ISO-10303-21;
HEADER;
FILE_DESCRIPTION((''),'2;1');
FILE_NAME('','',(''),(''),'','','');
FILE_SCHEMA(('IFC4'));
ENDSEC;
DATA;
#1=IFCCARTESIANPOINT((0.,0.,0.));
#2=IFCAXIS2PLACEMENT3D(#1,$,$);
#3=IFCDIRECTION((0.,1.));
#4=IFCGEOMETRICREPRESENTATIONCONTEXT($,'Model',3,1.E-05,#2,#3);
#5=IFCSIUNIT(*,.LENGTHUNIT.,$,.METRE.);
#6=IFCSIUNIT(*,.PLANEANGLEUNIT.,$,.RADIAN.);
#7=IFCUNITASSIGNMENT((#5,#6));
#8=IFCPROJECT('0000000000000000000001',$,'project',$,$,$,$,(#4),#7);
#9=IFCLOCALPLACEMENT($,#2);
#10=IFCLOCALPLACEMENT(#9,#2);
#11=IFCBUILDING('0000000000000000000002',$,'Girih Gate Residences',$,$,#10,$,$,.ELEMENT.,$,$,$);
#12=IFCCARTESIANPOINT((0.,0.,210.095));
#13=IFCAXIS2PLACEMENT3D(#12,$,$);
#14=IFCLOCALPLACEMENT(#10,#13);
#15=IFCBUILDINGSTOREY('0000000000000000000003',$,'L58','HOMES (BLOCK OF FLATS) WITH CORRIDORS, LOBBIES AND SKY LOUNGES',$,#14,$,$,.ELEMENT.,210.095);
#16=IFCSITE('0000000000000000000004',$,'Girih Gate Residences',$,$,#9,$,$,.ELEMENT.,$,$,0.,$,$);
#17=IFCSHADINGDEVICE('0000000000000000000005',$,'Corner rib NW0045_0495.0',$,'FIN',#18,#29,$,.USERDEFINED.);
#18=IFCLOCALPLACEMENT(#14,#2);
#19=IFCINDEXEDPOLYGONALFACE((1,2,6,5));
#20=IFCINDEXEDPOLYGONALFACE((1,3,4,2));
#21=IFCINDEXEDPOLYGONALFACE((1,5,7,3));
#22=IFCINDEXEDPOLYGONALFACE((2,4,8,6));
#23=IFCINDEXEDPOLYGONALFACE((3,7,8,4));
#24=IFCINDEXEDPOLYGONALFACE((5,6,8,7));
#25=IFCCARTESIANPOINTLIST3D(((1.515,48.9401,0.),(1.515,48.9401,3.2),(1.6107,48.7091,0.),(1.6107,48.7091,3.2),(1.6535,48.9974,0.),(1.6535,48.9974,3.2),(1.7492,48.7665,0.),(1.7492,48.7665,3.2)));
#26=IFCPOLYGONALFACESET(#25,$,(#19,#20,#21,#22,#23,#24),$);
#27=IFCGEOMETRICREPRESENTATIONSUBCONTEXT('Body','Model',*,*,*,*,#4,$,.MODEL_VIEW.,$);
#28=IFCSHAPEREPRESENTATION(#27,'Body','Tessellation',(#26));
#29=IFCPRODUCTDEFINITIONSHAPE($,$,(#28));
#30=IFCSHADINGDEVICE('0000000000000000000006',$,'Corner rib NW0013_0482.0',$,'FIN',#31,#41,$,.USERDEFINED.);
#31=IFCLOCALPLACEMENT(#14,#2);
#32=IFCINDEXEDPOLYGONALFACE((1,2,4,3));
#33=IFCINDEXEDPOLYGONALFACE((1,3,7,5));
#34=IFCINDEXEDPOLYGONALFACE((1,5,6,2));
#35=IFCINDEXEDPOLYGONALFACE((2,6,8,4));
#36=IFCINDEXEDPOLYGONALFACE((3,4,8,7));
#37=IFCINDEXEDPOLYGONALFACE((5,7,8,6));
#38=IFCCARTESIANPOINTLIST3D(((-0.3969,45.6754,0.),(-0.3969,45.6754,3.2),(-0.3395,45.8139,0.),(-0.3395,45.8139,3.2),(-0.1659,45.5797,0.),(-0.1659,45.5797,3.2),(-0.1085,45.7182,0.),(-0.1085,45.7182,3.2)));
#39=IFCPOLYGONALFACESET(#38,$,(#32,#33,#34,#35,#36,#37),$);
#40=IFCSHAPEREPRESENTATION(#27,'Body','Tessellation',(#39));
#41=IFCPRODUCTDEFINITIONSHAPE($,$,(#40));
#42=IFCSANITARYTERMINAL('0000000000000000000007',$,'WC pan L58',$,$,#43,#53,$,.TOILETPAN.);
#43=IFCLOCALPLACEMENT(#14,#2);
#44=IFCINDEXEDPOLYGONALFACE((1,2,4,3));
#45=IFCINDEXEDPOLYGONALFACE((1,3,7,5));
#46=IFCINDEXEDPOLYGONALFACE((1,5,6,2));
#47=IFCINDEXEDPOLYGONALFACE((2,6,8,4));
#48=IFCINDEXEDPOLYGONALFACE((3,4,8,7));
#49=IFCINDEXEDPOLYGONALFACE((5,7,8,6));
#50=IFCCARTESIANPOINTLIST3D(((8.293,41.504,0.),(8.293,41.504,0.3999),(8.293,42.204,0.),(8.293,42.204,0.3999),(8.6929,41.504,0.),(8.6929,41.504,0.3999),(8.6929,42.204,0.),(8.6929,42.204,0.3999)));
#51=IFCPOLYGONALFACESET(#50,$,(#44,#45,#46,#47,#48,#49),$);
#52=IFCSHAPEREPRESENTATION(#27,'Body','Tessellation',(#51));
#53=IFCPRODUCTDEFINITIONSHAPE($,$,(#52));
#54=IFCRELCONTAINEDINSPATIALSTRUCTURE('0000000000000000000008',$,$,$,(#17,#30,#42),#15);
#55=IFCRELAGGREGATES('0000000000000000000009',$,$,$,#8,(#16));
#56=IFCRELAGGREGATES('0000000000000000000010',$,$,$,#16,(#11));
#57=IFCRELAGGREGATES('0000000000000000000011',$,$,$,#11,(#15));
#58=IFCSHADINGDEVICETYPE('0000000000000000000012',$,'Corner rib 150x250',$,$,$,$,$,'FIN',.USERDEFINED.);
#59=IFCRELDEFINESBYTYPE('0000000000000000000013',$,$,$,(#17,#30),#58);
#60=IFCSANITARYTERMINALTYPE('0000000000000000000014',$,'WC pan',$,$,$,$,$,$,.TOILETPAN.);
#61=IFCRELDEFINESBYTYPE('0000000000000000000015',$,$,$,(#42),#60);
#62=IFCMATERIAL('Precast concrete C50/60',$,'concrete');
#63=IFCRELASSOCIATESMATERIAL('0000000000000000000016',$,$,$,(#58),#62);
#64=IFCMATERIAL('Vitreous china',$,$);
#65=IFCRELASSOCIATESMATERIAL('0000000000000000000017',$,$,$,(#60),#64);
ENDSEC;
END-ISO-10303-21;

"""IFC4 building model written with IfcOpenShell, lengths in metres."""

from ifc_helpers import new_model, si_unit, direction, frame, origin, origin_2d, place, context, subcontext, project, spatial, rectangle, extrude, material, type_object, element, save


model = new_model("IFC4")

# Units and contexts
model_context = context("Model", 3, precision=1e-05, world=origin(), true_north=direction((0.0, 1.0)))
body_context = subcontext(model_context, "Body", "Model", "MODEL_VIEW")
ifc_project = project(units=[si_unit("LENGTHUNIT", "METRE"), si_unit("PLANEANGLEUNIT", "RADIAN")], contexts=[model_context])

# Site, building, storey
site_placement = place(None, origin())
site = spatial("IfcSite", under=ifc_project, at=site_placement, Name="Girih Gate Residences", CompositionType="ELEMENT", RefElevation=0.0)
building_placement = place(site_placement, origin())
building = spatial("IfcBuilding", under=site, at=building_placement, Name="Girih Gate Residences", CompositionType="ELEMENT")
storey_placement = place(building_placement, frame((0.0, 0.0, 210.095)))
storey = spatial("IfcBuildingStorey", under=building, at=storey_placement, Name="L58", Description="HOMES (BLOCK OF FLATS) WITH CORRIDORS, LOBBIES AND SKY LOUNGES", CompositionType="ELEMENT", Elevation=210.095)

# Shared definitions
ifc_material_1 = material(Name="Precast concrete C50/60", Category="concrete")

# Shading devices
shading_device_type = type_object("IfcShadingDeviceType", Name="Corner rib 150x250", ElementType="FIN", PredefinedType="USERDEFINED", material=ifc_material_1)
for number, where, z_axis, x_axis, name in (
    (1, (1.6321, 48.8533, 0.0), (0.0, 0.0, 1.0), (-0.92388, -0.382683, 0.0), "Corner rib NW0045_0495.0"),
    (2, (-0.2527, 45.6968, 0.0), (0.0, 0.0, 1.0), (-0.382683, -0.92388, 0.0), "Corner rib NW0013_0482.0"),
):
    element("IfcShadingDevice", number, at=place(storey_placement, frame(where, z_axis=z_axis, x_axis=x_axis)), inside=storey, type_object=shading_device_type, Name=name, ObjectType="FIN", PredefinedType="USERDEFINED", context=body_context, shape_type="SweptSolid", body=[
        extrude(rectangle(XDim=0.1499, YDim=0.25, at=origin_2d()), origin(), (0.0, 0.0, 1.0), 3.2),
    ])

# Sanitary terminal
ifc_material_2 = material(Name="Vitreous china")
sanitary_terminal_type = type_object("IfcSanitaryTerminalType", Name="WC pan", PredefinedType="TOILETPAN", material=ifc_material_2)
sanitary_terminal_placement = place(storey_placement, frame((8.4929, 41.854, 0.0), z_axis=(0.0, 0.0, 1.0), x_axis=(1.0, 0.0, 0.0)))
element("IfcSanitaryTerminal", 3, at=sanitary_terminal_placement, inside=storey, type_object=sanitary_terminal_type, Name="WC pan L58", PredefinedType="TOILETPAN", context=body_context, shape_type="SweptSolid", body=[
    extrude(rectangle(XDim=0.3999, YDim=0.7, at=origin_2d()), origin(), (0.0, 0.0, 1.0), 0.3999),
])

save(model, "model.ifc")
